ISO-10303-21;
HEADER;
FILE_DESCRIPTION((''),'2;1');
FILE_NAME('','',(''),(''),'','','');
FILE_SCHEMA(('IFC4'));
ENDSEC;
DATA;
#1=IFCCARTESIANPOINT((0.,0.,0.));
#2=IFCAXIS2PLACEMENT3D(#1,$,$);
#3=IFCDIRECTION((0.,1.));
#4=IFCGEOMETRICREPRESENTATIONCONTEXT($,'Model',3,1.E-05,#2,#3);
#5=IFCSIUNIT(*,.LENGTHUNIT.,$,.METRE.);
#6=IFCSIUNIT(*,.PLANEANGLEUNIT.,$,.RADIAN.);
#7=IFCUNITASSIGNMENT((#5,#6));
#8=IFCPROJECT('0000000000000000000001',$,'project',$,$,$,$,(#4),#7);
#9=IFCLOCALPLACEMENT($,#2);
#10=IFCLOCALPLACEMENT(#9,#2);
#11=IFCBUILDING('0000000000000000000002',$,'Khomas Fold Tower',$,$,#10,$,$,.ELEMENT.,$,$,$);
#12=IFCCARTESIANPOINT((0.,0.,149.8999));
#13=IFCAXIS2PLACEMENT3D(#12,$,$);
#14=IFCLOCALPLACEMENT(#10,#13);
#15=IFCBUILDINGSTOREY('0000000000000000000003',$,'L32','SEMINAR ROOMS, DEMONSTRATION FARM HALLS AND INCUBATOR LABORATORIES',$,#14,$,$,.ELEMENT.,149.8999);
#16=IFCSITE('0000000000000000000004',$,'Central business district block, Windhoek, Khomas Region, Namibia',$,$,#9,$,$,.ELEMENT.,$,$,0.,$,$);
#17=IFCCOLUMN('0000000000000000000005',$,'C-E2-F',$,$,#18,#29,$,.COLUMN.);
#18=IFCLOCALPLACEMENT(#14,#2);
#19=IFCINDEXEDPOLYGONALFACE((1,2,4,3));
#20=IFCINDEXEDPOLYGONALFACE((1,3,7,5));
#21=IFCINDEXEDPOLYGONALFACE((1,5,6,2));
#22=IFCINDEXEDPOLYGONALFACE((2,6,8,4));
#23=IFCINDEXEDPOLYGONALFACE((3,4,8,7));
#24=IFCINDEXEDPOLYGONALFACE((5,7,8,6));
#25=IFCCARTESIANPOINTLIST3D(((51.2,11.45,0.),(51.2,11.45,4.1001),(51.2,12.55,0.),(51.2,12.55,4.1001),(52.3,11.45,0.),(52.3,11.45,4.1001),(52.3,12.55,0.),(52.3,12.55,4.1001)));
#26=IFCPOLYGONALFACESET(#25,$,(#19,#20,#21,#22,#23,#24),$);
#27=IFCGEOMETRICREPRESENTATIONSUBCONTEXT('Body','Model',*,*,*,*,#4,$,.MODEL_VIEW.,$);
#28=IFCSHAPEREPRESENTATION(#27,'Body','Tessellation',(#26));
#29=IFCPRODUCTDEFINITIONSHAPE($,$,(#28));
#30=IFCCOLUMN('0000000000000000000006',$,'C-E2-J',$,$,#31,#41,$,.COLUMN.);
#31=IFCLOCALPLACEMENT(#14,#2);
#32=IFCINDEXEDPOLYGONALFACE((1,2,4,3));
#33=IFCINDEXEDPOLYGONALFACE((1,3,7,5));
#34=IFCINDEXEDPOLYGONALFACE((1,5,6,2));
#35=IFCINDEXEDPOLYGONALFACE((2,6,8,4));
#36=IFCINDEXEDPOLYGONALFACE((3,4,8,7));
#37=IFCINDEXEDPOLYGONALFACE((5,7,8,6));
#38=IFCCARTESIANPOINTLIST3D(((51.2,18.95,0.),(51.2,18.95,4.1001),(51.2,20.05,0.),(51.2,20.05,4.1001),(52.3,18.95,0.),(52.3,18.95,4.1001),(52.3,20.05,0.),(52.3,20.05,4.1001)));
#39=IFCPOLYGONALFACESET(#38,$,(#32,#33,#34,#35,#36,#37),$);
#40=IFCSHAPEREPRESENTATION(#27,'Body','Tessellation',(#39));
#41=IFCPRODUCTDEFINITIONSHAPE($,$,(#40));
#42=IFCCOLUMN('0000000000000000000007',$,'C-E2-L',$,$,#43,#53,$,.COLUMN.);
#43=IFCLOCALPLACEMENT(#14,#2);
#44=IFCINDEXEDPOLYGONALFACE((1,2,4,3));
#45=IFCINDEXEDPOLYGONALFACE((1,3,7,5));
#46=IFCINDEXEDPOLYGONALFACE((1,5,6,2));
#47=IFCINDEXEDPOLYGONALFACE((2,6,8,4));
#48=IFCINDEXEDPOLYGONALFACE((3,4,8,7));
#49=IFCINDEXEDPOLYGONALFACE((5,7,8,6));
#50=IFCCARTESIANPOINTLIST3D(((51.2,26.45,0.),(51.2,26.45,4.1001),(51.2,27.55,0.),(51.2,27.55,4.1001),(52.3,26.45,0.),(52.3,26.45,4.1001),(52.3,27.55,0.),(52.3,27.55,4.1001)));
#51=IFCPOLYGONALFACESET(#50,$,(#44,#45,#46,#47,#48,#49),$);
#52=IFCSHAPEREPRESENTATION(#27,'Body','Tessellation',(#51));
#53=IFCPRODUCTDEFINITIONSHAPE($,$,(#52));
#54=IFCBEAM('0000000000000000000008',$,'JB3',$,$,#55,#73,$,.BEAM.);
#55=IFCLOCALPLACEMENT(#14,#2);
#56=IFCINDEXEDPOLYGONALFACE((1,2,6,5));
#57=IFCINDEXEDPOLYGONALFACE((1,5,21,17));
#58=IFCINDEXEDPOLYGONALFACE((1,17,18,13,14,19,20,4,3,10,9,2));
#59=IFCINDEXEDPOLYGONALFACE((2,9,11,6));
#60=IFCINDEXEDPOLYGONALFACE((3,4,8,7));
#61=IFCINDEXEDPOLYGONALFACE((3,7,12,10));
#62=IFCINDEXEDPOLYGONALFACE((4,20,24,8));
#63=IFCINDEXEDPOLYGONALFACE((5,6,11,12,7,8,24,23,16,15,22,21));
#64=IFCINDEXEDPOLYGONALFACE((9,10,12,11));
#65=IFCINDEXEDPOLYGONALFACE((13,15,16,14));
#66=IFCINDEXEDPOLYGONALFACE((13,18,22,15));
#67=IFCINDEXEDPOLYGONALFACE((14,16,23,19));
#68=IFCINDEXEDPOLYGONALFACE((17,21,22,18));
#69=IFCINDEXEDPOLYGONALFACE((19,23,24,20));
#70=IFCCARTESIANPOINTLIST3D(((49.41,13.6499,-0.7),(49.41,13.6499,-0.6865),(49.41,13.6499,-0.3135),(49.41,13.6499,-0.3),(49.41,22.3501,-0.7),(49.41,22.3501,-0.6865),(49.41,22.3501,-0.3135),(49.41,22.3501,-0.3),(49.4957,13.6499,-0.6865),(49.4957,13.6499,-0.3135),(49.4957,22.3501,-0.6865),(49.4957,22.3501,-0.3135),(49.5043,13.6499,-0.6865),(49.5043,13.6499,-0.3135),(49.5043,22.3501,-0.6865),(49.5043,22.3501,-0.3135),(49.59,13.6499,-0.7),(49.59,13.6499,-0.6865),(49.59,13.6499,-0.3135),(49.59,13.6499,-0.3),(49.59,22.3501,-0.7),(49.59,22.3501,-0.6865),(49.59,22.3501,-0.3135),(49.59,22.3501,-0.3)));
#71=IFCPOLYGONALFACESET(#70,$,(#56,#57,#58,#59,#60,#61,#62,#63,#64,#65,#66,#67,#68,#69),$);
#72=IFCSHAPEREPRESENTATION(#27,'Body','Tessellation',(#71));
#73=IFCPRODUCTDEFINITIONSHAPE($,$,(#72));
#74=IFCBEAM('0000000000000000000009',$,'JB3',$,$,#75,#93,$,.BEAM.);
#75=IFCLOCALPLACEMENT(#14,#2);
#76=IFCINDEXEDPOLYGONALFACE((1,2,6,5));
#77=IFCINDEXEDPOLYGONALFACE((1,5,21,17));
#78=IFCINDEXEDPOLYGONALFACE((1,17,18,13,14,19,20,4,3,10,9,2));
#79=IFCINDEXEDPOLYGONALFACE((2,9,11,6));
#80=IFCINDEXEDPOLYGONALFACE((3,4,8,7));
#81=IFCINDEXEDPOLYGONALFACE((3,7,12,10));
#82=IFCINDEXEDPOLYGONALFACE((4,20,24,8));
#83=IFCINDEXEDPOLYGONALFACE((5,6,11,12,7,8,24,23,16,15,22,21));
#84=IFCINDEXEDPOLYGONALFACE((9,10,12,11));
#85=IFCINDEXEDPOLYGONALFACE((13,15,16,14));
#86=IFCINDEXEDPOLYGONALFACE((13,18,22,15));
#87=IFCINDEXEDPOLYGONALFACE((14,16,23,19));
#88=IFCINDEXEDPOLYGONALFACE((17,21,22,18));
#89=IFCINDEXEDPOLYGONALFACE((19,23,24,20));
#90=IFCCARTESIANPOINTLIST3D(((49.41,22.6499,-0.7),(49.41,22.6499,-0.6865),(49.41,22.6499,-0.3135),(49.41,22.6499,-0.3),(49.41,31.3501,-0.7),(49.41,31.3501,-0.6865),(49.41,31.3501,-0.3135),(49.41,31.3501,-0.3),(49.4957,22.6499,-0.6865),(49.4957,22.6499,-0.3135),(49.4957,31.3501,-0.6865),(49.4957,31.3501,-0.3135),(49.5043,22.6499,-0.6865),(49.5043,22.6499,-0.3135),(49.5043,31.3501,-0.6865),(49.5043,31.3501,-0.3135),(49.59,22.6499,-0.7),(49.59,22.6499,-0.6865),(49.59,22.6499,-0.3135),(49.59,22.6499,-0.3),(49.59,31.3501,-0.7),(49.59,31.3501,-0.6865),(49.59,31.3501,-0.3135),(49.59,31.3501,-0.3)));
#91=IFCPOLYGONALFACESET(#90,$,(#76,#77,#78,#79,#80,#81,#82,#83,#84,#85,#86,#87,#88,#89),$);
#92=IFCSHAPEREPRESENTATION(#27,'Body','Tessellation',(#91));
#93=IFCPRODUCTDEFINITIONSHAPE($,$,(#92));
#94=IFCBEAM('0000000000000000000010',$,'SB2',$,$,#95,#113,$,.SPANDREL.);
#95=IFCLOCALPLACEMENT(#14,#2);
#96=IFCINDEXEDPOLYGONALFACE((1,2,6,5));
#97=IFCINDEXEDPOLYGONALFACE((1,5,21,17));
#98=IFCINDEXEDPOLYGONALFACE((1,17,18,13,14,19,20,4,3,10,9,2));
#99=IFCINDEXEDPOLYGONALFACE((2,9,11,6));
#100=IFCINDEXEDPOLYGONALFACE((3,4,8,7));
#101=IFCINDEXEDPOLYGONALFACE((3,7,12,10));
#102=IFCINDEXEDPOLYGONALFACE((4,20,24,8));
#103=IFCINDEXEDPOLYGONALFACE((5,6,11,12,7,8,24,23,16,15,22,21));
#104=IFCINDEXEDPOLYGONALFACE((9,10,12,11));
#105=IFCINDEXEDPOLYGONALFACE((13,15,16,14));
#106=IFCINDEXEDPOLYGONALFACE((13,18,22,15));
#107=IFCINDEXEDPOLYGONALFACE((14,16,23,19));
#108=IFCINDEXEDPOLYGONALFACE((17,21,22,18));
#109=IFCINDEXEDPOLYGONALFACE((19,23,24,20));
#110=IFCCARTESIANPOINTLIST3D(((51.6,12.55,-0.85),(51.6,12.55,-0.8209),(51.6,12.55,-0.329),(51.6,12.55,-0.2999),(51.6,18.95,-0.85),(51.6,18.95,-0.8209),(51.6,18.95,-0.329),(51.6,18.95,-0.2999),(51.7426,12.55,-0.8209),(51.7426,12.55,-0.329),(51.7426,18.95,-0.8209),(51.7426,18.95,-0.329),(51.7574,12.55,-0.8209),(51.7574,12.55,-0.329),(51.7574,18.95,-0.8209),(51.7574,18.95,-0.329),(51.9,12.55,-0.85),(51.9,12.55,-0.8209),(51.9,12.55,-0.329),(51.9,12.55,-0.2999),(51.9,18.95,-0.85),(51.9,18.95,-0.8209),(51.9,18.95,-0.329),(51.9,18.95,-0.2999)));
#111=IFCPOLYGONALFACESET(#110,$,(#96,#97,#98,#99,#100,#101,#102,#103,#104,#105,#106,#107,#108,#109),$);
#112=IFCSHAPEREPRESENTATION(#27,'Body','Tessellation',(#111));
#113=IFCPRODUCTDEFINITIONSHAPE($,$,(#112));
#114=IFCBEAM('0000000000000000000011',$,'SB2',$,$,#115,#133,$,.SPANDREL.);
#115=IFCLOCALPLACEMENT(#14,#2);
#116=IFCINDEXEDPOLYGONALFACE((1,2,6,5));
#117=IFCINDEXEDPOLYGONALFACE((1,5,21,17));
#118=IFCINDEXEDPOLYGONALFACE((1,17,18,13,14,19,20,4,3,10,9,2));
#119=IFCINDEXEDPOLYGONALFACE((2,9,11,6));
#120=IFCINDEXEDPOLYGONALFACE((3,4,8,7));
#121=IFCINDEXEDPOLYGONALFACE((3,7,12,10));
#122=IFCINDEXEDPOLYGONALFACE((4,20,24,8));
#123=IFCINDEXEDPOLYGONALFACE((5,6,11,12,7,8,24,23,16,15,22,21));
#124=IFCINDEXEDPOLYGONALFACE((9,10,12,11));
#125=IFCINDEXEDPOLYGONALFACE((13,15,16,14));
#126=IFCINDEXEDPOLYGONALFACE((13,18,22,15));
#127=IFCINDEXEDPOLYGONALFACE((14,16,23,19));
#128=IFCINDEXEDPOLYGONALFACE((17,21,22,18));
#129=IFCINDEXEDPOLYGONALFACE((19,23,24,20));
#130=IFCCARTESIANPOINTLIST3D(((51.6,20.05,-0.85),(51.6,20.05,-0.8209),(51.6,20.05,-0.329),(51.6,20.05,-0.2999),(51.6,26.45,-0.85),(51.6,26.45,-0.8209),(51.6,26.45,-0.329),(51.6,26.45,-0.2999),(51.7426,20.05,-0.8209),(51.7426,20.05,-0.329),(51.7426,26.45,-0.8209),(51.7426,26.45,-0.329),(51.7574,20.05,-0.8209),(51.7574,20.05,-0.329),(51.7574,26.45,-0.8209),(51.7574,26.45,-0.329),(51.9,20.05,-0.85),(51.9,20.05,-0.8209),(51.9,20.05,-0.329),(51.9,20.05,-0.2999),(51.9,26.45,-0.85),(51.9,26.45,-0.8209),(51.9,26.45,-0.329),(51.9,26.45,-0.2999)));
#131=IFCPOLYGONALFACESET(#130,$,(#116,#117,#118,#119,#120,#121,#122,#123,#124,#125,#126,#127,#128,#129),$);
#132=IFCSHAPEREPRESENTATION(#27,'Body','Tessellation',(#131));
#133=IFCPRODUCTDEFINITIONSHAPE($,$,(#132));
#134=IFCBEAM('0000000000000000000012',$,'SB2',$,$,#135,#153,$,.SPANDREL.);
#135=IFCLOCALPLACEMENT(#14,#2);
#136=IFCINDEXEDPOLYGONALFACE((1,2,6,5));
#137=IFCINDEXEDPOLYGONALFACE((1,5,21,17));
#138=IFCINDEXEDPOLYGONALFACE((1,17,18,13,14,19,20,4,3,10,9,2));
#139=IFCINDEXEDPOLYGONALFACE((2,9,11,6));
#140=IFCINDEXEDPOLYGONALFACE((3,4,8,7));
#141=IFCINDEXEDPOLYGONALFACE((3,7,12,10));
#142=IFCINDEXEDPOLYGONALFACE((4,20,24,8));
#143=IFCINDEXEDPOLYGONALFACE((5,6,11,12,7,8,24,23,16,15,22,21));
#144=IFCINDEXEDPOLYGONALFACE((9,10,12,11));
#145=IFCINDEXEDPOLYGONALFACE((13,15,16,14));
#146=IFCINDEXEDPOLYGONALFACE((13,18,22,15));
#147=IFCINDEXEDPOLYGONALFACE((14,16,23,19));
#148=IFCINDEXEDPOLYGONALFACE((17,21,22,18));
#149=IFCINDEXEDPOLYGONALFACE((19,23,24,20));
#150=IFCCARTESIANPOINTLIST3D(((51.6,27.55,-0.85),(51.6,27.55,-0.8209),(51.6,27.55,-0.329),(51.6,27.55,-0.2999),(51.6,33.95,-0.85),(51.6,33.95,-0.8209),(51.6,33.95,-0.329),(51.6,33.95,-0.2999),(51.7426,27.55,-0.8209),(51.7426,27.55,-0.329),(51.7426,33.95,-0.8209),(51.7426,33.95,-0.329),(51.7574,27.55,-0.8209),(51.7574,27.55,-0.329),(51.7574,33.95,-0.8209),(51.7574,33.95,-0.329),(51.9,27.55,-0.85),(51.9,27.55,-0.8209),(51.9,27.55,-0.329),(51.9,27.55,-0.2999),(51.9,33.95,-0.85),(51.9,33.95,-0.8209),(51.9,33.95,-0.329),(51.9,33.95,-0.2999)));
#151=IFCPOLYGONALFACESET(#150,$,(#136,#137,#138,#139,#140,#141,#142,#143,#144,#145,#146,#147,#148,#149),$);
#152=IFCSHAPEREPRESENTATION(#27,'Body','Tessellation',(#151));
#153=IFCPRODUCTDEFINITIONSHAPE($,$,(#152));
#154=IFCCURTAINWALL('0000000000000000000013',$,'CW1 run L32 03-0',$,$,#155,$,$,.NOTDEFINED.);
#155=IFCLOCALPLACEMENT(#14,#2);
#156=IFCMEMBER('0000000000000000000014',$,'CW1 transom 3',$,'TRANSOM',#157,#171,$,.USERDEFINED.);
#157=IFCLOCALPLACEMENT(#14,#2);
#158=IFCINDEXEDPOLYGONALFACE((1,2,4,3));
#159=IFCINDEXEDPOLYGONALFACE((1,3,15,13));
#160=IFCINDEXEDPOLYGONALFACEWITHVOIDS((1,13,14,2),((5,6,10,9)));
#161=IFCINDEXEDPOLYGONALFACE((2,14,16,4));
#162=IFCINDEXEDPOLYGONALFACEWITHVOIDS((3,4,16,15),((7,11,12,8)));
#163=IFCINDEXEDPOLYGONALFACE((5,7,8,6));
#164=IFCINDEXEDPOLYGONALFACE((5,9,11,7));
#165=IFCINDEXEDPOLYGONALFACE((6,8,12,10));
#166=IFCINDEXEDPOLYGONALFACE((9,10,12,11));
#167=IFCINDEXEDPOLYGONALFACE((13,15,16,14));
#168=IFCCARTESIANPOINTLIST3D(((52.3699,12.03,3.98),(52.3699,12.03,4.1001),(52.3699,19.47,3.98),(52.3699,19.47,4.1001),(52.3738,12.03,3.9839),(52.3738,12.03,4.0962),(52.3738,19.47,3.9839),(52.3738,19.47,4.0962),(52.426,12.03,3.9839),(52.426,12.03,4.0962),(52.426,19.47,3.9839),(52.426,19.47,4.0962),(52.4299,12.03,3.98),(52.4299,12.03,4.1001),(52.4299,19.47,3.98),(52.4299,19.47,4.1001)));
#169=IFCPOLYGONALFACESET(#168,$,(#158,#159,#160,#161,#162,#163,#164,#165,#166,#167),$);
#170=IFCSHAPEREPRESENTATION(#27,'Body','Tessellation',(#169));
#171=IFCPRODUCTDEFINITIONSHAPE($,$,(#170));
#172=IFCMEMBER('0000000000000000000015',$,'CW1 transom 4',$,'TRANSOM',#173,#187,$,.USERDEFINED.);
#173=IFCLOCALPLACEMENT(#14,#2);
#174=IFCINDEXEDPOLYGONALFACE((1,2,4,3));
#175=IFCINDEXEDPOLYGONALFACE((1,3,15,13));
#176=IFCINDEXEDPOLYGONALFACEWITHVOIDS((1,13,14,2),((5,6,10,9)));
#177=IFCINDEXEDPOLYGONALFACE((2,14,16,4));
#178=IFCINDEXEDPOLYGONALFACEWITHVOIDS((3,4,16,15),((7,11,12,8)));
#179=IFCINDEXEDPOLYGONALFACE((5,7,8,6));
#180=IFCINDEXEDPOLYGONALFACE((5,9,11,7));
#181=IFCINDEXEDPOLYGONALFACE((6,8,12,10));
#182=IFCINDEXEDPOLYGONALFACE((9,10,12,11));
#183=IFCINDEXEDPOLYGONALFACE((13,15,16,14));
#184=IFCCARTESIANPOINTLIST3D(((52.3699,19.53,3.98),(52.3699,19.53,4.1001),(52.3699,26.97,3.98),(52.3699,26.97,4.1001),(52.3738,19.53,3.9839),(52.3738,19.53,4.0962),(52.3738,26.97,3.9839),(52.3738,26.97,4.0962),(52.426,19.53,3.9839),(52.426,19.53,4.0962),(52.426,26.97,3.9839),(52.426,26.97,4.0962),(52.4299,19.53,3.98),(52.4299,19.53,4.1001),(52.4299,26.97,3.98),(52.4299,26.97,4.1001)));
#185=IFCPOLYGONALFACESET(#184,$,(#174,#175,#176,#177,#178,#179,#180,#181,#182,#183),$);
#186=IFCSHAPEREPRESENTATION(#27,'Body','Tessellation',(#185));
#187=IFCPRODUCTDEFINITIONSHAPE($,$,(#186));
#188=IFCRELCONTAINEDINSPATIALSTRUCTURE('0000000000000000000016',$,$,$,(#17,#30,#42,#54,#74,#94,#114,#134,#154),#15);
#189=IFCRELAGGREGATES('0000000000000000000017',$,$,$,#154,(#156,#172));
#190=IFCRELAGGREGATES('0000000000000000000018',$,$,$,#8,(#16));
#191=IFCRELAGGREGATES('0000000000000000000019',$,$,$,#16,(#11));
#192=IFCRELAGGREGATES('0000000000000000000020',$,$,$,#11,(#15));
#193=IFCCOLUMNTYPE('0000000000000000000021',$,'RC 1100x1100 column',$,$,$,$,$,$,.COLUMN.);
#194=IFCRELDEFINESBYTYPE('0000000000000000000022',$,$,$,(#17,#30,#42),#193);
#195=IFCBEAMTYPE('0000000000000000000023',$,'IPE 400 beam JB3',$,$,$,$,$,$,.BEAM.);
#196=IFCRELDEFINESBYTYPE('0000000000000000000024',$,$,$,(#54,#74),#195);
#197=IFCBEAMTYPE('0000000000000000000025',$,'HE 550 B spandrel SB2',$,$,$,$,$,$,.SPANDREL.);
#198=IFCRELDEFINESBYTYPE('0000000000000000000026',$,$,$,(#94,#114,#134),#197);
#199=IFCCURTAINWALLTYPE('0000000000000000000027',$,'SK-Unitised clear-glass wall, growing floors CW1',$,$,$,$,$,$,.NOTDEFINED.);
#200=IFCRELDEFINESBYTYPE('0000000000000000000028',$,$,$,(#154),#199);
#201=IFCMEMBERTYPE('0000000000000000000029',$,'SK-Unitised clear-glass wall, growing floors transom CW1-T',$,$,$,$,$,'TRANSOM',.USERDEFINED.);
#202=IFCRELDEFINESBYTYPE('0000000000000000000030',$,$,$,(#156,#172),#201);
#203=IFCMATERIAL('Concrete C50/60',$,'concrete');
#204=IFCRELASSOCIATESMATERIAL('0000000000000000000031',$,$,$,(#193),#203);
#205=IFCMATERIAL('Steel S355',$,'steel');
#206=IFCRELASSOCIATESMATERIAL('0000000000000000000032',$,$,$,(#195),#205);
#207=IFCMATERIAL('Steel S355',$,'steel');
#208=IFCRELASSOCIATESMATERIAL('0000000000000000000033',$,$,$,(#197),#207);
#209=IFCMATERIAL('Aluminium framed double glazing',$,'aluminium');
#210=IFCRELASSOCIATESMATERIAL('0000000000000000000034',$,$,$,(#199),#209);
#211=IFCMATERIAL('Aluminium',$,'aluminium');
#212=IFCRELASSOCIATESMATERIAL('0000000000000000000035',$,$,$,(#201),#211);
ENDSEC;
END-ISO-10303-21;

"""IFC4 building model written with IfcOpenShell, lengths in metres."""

from ifc_helpers import new_model, si_unit, direction, frame, origin, origin_2d, place, context, subcontext, project, spatial, rectangle, hollow_rectangle, i_section, extrude, source, transform, mapped, material, material_profile, profile_set, type_object, element, aggregate, save


model = new_model("IFC4")

# Units and contexts
model_context = context("Model", 3, precision=1e-05, world=origin(), true_north=direction((0.0, 1.0)))
body_context = subcontext(model_context, "Body", "Model", "MODEL_VIEW")
ifc_project = project(units=[si_unit("LENGTHUNIT", "METRE"), si_unit("PLANEANGLEUNIT", "RADIAN")], contexts=[model_context])

# Site, building, storey
site_placement = place(None, origin())
site = spatial("IfcSite", under=ifc_project, at=site_placement, Name="Central business district block, Windhoek, Khomas Region, Namibia", CompositionType="ELEMENT", RefElevation=0.0)
building_placement = place(site_placement, origin())
building = spatial("IfcBuilding", under=site, at=building_placement, Name="Khomas Fold Tower", CompositionType="ELEMENT")
storey_placement = place(building_placement, frame((0.0, 0.0, 149.8999)))
storey = spatial("IfcBuildingStorey", under=building, at=storey_placement, Name="L32", Description="SEMINAR ROOMS, DEMONSTRATION FARM HALLS AND INCUBATOR LABORATORIES", CompositionType="ELEMENT", Elevation=149.8999)

# Columns
ifc_material_1 = material(Name="Concrete C50/60", Category="concrete")
ifc_material_profile_1 = material_profile(ifc_material_1, rectangle(XDim=1.1001, YDim=1.1001, at=origin_2d()), Name="RC 1100x1100")
ifc_profile_set_1 = profile_set([ifc_material_profile_1], Name="Concrete C50/60")
column_type = type_object("IfcColumnType", Name="RC 1100x1100 column", PredefinedType="COLUMN", material=ifc_profile_set_1)
shared_shape_1 = source(origin(), body_context, "Body", "SweptSolid", [
    extrude(rectangle(XDim=1.1001, YDim=1.1001, at=origin_2d()), origin(), (0.0, 0.0, 1.0), 4.1001),
])
for number, where, z_axis, x_axis, name in (
    (1, (51.75, 12.0, 0.0), (0.0, 0.0, 1.0), (1.0, 0.0, 0.0), "C-E2-F"),
    (2, (51.75, 19.5, 0.0), (0.0, 0.0, 1.0), (1.0, 0.0, 0.0), "C-E2-J"),
    (3, (51.75, 27.0, 0.0), (0.0, 0.0, 1.0), (1.0, 0.0, 0.0), "C-E2-L"),
):
    element("IfcColumn", number, at=place(storey_placement, frame(where, z_axis=z_axis, x_axis=x_axis)), inside=storey, type_object=column_type, Name=name, PredefinedType="COLUMN", context=body_context, shape_type="MappedRepresentation", body=[
        mapped(shared_shape_1, transform((0.0, 0.0, 0.0))),
    ])

# Beams
ifc_material_2 = material(Name="Steel S355", Category="steel")
ifc_material_profile_2 = material_profile(ifc_material_2, i_section(OverallWidth=0.1799, OverallDepth=0.3999, WebThickness=0.0085, FlangeThickness=0.0134, at=origin_2d()), Name="IPE 400")
ifc_profile_set_2 = profile_set([ifc_material_profile_2], Name="Steel S355")
beam_type_1 = type_object("IfcBeamType", Name="IPE 400 beam JB3", PredefinedType="BEAM", material=ifc_profile_set_2)
shared_shape_2 = source(origin(), body_context, "Body", "SweptSolid", [
    extrude(i_section(OverallWidth=0.1799, OverallDepth=0.3999, WebThickness=0.0085, FlangeThickness=0.0134, at=origin_2d()), origin(), (0.0, 0.0, 1.0), 8.7002),
])
for number, where, z_axis, x_axis, name in (
    (4, (49.5, 13.6499, -0.5), (0.0, 1.0, 0.0), (-1.0, 0.0, 0.0), "JB3"),
    (5, (49.5, 22.6499, -0.5), (0.0, 1.0, 0.0), (-1.0, 0.0, 0.0), "JB3"),
):
    element("IfcBeam", number, at=place(storey_placement, frame(where, z_axis=z_axis, x_axis=x_axis)), inside=storey, type_object=beam_type_1, Name=name, PredefinedType="BEAM", context=body_context, shape_type="MappedRepresentation", body=[
        mapped(shared_shape_2, transform((0.0, 0.0, 0.0))),
    ])
ifc_material_3 = material(Name="Steel S355", Category="steel")
ifc_material_profile_3 = material_profile(ifc_material_3, i_section(OverallWidth=0.3, OverallDepth=0.55, WebThickness=0.0149, FlangeThickness=0.0291, at=origin_2d()), Name="HE 550 B")
ifc_profile_set_3 = profile_set([ifc_material_profile_3], Name="Steel S355")
beam_type_2 = type_object("IfcBeamType", Name="HE 550 B spandrel SB2", PredefinedType="SPANDREL", material=ifc_profile_set_3)
shared_shape_3 = source(origin(), body_context, "Body", "SweptSolid", [
    extrude(i_section(OverallWidth=0.3, OverallDepth=0.55, WebThickness=0.0149, FlangeThickness=0.0291, at=origin_2d()), origin(), (0.0, 0.0, 1.0), 6.3999),
])
for number, where, z_axis, x_axis, name in (
    (6, (51.75, 12.55, -0.575), (0.0, 1.0, 0.0), (-1.0, 0.0, 0.0), "SB2"),
    (7, (51.75, 20.05, -0.575), (0.0, 1.0, 0.0), (-1.0, 0.0, 0.0), "SB2"),
    (8, (51.75, 27.55, -0.575), (0.0, 1.0, 0.0), (-1.0, 0.0, 0.0), "SB2"),
):
    element("IfcBeam", number, at=place(storey_placement, frame(where, z_axis=z_axis, x_axis=x_axis)), inside=storey, type_object=beam_type_2, Name=name, PredefinedType="SPANDREL", context=body_context, shape_type="MappedRepresentation", body=[
        mapped(shared_shape_3, transform((0.0, 0.0, 0.0))),
    ])

# Curtain wall, members
ifc_material_4 = material(Name="Aluminium framed double glazing", Category="aluminium")
curtain_wall_type = type_object("IfcCurtainWallType", Name="SK-Unitised clear-glass wall, growing floors CW1", PredefinedType="NOTDEFINED", material=ifc_material_4)
curtain_wall_placement = place(storey_placement, origin())
curtain_wall = element("IfcCurtainWall", 9, at=curtain_wall_placement, inside=storey, type_object=curtain_wall_type, Name="CW1 run L32 03-0", PredefinedType="NOTDEFINED")
ifc_material_5 = material(Name="Aluminium", Category="aluminium")
ifc_material_profile_4 = material_profile(ifc_material_5, hollow_rectangle(XDim=0.0601, YDim=0.1201, WallThickness=0.0039, at=origin_2d()), Name="SK-Unitised clear-glass wall, growing floors transom CW1-T")
ifc_profile_set_4 = profile_set([ifc_material_profile_4], Name="Aluminium")
member_type_1 = type_object("IfcMemberType", Name="SK-Unitised clear-glass wall, growing floors transom CW1-T", ElementType="TRANSOM", PredefinedType="USERDEFINED", material=ifc_profile_set_4)
shared_shape_4 = source(origin(), body_context, "Body", "SweptSolid", [
    extrude(hollow_rectangle(XDim=0.0601, YDim=0.1201, WallThickness=0.0039, at=origin_2d()), origin(), (0.0, 0.0, 1.0), 7.4399),
])
member_1_placement = place(storey_placement, frame((52.3999, 12.03, 4.04), z_axis=(0.0, 1.0, 0.0), x_axis=(-1.0, 0.0, 0.0)))
member_1 = element("IfcMember", 10, at=member_1_placement, type_object=member_type_1, Name="CW1 transom 3", ObjectType="TRANSOM", PredefinedType="USERDEFINED", context=body_context, shape_type="MappedRepresentation", body=[
    mapped(shared_shape_4, transform((0.0, 0.0, 0.0))),
])
member_2_placement = place(storey_placement, frame((52.3999, 19.53, 4.04), z_axis=(0.0, 1.0, 0.0), x_axis=(-1.0, 0.0, 0.0)))
member_2 = element("IfcMember", 11, at=member_2_placement, type_object=member_type_1, Name="CW1 transom 4", ObjectType="TRANSOM", PredefinedType="USERDEFINED", context=body_context, shape_type="MappedRepresentation", body=[
    mapped(shared_shape_4, transform((0.0, 0.0, 0.0))),
])

aggregate(curtain_wall, [member_1, member_2])

save(model, "model.ifc")
